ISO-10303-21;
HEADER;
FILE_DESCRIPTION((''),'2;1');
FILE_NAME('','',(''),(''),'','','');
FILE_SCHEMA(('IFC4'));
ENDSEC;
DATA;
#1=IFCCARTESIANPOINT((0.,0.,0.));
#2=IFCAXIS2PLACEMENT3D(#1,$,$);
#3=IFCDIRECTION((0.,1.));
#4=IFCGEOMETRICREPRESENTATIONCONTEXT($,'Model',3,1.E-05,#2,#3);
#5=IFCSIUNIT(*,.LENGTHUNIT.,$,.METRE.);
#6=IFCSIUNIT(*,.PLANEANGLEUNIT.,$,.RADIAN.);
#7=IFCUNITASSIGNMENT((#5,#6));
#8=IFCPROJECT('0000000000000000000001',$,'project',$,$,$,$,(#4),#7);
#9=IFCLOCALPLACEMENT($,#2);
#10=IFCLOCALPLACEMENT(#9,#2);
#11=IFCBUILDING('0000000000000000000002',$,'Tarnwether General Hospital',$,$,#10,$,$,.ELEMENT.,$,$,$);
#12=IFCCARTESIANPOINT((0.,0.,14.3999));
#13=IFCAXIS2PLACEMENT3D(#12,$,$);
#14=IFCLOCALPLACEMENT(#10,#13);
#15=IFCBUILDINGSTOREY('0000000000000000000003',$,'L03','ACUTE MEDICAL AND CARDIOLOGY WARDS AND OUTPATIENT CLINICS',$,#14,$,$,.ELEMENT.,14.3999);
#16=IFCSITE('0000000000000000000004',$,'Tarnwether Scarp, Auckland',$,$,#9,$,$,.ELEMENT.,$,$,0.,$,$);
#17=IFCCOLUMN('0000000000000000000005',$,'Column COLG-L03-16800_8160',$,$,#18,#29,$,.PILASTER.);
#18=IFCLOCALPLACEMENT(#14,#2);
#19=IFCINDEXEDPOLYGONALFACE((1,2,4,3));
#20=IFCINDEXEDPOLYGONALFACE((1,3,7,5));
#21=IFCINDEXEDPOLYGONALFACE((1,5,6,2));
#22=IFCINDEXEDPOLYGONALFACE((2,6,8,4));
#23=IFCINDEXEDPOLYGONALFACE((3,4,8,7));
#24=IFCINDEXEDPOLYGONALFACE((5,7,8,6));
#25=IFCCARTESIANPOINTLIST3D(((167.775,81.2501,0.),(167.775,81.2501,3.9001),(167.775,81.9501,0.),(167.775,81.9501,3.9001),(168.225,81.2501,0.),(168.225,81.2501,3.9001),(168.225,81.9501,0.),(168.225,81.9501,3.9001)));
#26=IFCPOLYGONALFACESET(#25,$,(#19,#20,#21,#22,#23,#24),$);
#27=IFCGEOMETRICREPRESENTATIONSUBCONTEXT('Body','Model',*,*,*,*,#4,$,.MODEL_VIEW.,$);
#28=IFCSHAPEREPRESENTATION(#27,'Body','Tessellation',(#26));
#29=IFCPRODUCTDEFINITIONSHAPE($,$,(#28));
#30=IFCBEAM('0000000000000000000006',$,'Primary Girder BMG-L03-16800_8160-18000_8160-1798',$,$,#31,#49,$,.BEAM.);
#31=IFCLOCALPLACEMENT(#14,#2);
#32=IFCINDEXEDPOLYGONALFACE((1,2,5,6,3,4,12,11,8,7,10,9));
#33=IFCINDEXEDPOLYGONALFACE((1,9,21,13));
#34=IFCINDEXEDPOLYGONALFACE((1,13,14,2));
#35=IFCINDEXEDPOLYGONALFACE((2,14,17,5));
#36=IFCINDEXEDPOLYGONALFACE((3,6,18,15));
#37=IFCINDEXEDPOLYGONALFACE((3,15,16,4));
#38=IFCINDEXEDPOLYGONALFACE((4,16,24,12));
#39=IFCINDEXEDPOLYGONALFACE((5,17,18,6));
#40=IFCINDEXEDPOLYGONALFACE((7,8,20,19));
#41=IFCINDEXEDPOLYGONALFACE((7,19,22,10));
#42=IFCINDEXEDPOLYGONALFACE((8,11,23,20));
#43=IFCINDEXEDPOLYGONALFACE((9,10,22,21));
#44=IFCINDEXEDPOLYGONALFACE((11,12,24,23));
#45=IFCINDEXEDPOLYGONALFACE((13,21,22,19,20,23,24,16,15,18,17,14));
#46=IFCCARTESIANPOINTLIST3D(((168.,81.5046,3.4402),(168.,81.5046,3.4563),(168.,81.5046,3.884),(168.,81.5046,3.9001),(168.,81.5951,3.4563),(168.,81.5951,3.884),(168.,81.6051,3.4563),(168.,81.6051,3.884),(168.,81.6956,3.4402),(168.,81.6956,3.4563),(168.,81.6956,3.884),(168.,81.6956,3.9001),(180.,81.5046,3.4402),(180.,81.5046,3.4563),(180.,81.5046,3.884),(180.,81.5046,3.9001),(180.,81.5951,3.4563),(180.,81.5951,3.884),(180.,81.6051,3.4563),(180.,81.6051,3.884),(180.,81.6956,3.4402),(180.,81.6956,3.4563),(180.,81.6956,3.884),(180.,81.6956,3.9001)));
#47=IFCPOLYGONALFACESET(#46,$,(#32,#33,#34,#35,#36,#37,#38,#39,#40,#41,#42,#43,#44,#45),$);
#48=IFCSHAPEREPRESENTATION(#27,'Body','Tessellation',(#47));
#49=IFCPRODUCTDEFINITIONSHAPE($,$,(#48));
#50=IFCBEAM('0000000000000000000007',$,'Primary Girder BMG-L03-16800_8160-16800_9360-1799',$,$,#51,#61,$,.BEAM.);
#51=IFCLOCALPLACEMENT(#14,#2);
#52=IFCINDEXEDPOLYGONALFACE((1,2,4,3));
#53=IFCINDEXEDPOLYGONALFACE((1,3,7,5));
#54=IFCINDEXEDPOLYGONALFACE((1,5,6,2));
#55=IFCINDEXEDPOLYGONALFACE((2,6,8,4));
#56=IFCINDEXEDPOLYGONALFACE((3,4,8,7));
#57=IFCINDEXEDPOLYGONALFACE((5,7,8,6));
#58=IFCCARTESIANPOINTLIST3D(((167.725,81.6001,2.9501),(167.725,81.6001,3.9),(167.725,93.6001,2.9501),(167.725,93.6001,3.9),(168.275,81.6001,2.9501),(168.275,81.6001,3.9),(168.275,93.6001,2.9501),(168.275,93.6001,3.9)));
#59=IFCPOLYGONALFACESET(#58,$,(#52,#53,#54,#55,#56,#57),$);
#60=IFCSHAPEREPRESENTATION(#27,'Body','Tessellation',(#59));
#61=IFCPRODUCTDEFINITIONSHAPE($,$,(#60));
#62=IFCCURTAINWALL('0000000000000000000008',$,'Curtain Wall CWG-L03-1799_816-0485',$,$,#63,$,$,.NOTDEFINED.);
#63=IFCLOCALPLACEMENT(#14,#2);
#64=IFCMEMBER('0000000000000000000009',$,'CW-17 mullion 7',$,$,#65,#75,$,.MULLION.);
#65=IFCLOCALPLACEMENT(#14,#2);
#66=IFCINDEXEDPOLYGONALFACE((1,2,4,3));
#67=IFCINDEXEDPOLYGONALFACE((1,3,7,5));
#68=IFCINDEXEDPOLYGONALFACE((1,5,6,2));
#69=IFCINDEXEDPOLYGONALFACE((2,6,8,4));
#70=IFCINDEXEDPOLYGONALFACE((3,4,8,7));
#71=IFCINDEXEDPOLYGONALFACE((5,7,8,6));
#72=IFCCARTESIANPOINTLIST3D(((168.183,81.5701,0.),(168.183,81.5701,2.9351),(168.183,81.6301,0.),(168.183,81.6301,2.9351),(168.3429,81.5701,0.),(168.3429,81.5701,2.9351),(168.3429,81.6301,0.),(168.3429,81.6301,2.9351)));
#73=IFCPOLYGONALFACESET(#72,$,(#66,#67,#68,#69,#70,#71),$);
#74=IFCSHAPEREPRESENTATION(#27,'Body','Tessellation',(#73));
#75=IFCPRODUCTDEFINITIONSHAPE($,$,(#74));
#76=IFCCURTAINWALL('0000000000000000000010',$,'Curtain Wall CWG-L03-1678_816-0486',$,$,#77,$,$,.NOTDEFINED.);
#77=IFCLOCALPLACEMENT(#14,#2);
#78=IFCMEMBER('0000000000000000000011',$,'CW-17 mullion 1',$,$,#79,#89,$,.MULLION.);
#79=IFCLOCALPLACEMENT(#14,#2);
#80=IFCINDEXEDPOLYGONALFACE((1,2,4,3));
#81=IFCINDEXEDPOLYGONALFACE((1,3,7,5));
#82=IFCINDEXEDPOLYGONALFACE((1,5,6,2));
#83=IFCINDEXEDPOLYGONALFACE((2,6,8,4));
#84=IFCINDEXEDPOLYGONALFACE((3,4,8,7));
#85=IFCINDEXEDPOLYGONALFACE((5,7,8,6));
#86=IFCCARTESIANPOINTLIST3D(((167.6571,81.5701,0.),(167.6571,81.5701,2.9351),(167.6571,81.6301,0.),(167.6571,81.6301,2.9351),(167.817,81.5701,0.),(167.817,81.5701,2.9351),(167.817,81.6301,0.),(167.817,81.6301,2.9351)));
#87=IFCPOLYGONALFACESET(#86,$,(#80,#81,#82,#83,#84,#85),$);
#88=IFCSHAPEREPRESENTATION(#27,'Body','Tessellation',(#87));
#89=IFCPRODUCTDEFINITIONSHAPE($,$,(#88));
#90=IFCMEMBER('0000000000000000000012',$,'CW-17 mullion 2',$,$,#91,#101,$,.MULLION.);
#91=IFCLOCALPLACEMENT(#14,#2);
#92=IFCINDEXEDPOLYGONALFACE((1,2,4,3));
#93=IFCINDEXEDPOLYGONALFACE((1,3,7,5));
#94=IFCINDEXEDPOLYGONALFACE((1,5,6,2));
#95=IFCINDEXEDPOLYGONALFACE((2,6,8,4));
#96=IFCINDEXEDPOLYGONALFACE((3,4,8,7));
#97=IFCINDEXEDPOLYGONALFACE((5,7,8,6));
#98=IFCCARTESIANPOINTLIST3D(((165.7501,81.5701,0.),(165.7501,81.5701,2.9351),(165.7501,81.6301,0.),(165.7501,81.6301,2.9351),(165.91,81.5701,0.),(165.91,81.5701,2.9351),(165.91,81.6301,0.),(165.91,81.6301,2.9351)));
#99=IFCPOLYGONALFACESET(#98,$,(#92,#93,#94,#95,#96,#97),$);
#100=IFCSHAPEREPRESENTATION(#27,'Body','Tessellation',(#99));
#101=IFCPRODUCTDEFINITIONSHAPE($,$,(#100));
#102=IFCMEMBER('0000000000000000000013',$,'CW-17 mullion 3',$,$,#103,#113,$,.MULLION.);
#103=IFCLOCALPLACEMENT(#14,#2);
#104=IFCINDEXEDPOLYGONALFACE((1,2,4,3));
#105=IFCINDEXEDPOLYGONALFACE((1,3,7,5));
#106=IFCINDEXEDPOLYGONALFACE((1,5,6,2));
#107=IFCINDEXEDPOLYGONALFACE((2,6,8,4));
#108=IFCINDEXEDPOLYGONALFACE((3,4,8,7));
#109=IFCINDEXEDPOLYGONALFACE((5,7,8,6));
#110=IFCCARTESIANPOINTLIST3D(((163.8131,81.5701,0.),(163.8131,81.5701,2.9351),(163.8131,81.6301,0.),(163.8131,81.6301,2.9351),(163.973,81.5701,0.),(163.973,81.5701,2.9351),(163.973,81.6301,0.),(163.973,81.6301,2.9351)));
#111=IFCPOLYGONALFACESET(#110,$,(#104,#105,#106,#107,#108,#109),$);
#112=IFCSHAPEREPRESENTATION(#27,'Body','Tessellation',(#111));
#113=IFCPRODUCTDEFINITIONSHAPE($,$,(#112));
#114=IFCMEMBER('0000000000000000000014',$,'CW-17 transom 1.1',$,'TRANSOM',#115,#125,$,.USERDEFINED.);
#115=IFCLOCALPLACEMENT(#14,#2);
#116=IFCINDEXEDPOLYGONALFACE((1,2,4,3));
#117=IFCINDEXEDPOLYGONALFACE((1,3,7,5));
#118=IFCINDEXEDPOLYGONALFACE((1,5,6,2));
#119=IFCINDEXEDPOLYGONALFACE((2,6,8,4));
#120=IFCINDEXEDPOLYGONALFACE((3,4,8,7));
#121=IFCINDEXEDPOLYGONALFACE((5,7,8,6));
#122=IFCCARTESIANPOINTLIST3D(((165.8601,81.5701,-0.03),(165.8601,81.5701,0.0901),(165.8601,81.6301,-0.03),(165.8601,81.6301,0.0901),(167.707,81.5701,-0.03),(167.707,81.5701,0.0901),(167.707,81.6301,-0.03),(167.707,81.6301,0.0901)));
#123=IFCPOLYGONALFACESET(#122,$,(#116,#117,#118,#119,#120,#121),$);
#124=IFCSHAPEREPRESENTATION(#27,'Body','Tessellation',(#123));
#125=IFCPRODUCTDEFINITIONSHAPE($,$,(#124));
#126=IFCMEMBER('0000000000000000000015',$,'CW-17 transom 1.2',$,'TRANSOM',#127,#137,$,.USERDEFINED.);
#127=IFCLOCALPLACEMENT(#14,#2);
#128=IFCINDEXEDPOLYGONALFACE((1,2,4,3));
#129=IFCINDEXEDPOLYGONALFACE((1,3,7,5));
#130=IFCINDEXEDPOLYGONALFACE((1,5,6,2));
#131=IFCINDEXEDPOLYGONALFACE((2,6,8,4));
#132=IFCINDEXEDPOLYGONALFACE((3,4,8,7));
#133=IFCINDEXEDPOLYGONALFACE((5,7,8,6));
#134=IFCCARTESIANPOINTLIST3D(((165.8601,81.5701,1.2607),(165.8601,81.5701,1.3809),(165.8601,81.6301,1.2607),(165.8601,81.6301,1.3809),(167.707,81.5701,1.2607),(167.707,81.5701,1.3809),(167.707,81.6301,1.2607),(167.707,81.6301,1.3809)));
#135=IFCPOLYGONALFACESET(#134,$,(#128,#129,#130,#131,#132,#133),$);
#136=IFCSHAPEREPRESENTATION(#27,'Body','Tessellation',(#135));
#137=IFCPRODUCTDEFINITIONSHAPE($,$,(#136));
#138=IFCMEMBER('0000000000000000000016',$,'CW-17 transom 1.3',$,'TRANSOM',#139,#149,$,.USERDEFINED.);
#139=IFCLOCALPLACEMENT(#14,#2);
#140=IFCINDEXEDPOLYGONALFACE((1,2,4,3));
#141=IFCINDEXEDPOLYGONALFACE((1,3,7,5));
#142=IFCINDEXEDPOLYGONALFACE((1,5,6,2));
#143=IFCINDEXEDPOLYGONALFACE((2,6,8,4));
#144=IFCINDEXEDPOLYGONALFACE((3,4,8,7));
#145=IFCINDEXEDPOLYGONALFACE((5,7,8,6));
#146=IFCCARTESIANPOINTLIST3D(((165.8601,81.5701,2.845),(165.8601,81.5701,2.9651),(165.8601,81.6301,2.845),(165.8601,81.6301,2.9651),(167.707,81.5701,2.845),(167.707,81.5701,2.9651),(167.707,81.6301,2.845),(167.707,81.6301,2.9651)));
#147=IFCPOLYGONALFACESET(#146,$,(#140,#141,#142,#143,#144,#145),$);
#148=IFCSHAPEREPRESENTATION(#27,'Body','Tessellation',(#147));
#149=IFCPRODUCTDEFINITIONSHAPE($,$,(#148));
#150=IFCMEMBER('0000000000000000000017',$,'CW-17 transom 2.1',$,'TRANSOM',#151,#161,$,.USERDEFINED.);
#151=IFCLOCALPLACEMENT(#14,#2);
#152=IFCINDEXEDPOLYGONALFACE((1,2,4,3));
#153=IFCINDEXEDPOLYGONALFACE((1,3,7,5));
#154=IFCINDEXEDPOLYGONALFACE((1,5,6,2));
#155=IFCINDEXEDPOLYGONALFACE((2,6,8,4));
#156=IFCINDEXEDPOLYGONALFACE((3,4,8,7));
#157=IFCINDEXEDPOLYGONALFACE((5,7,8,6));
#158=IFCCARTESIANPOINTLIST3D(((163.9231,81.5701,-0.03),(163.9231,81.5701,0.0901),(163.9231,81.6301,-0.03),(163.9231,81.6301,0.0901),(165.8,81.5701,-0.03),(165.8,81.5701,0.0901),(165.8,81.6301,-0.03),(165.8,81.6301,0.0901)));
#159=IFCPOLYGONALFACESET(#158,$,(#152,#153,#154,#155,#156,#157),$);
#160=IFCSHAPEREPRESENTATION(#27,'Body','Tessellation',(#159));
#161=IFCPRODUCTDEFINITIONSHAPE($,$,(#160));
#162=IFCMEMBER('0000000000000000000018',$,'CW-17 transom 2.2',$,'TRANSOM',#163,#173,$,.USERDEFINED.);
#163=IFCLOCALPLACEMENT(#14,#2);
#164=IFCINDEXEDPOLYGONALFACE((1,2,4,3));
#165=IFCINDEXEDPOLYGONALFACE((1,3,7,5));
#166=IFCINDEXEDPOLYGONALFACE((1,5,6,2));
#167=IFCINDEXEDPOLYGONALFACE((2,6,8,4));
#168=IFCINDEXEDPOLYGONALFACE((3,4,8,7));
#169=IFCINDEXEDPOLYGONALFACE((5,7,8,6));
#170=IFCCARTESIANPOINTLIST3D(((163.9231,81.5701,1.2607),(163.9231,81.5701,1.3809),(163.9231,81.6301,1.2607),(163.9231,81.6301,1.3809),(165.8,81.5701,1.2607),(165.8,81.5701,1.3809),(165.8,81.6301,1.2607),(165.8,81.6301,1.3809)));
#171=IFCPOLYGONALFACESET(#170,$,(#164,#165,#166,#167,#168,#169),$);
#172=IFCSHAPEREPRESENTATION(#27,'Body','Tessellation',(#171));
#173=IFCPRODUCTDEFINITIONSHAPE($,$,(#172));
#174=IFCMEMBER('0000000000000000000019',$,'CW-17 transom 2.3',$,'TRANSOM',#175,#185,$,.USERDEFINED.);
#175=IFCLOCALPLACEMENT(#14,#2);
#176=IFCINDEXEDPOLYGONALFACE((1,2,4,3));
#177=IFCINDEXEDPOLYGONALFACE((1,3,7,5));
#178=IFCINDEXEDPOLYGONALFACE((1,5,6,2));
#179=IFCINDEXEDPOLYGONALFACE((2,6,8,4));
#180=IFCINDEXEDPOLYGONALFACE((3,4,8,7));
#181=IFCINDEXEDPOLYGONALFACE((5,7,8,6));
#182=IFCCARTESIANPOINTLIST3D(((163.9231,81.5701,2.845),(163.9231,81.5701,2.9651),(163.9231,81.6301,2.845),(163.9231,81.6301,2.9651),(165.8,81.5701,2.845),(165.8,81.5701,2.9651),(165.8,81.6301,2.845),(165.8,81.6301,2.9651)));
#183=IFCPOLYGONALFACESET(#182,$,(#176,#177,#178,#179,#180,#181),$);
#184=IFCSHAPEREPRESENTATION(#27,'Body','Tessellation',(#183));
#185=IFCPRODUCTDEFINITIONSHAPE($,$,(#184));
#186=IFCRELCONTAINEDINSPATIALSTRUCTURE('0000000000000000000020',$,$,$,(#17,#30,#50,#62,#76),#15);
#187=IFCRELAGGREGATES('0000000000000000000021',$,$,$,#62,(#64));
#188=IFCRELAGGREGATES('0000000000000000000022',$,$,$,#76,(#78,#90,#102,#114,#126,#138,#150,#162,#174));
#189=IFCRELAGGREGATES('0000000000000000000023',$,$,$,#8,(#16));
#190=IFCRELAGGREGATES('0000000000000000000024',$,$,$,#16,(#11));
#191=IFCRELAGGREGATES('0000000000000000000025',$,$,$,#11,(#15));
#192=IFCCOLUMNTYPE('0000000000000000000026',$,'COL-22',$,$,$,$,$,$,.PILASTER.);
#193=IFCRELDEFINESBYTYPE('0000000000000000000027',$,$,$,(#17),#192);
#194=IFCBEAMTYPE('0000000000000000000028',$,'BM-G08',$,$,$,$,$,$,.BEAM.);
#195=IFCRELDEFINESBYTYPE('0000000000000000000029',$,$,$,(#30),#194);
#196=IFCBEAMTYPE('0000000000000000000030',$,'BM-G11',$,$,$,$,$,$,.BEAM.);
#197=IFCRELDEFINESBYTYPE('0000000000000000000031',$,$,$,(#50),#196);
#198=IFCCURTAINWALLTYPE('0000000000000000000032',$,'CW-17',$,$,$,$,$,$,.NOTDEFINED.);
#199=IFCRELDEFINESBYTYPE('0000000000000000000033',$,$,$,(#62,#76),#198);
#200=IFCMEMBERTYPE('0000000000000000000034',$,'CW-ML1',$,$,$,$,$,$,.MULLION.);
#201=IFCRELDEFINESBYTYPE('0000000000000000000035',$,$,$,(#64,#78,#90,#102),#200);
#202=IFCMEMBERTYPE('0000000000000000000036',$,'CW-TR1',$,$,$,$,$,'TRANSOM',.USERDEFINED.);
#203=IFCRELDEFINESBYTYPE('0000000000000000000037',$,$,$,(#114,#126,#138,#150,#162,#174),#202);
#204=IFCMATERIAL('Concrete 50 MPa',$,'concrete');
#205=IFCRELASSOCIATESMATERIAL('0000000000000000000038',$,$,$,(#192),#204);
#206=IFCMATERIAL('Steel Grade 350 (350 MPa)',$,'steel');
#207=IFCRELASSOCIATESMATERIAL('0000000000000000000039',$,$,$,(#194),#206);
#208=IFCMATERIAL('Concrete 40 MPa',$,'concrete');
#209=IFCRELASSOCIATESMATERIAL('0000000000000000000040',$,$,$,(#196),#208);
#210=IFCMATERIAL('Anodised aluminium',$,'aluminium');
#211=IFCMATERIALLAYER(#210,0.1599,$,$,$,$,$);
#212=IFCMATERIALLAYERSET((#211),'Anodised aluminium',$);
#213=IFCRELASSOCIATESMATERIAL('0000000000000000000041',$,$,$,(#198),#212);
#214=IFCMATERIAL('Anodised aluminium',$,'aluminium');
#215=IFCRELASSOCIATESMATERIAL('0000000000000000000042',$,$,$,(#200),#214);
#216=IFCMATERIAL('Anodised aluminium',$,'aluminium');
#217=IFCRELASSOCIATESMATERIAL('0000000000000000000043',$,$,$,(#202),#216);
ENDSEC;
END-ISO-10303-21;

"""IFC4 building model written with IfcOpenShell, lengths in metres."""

from ifc_helpers import new_model, si_unit, direction, frame, origin, origin_2d, place, context, subcontext, project, spatial, rectangle, i_section, extrude, material, layer, layer_set, material_profile, profile_set, type_object, element, aggregate, save


model = new_model("IFC4")

# Units and contexts
model_context = context("Model", 3, precision=1e-05, world=origin(), true_north=direction((0.0, 1.0)))
body_context = subcontext(model_context, "Body", "Model", "MODEL_VIEW")
ifc_project = project(units=[si_unit("LENGTHUNIT", "METRE"), si_unit("PLANEANGLEUNIT", "RADIAN")], contexts=[model_context])

# Site, building, storey
site_placement = place(None, origin())
site = spatial("IfcSite", under=ifc_project, at=site_placement, Name="Tarnwether Scarp, Auckland", CompositionType="ELEMENT", RefElevation=0.0)
building_placement = place(site_placement, origin())
building = spatial("IfcBuilding", under=site, at=building_placement, Name="Tarnwether General Hospital", CompositionType="ELEMENT")
storey_placement = place(building_placement, frame((0.0, 0.0, 14.3999)))
storey = spatial("IfcBuildingStorey", under=building, at=storey_placement, Name="L03", Description="ACUTE MEDICAL AND CARDIOLOGY WARDS AND OUTPATIENT CLINICS", CompositionType="ELEMENT", Elevation=14.3999)

# Column
ifc_material_1 = material(Name="Concrete 50 MPa", Category="concrete")
ifc_material_profile_1 = material_profile(ifc_material_1, rectangle(XDim=0.45, YDim=0.7, at=origin_2d()), Name="RC-PIL-450x700")
ifc_profile_set_1 = profile_set([ifc_material_profile_1], Name="Concrete 50 MPa")
column_type = type_object("IfcColumnType", Name="COL-22", PredefinedType="PILASTER", material=ifc_profile_set_1)
column_placement = place(storey_placement, frame((168.0, 81.6001, 0.0), z_axis=(0.0, 0.0, 1.0), x_axis=(1.0, 0.0, 0.0)))
element("IfcColumn", 1, at=column_placement, inside=storey, type_object=column_type, Name="Column COLG-L03-16800_8160", PredefinedType="PILASTER", context=body_context, shape_type="SweptSolid", body=[
    extrude(rectangle(XDim=0.45, YDim=0.7, at=origin_2d()), origin(), (0.0, 0.0, 1.0), 3.9001),
])

# Beams
ifc_material_2 = material(Name="Steel Grade 350 (350 MPa)", Category="steel")
ifc_material_profile_2 = material_profile(ifc_material_2, i_section(OverallWidth=0.1909, OverallDepth=0.46, WebThickness=0.01, FlangeThickness=0.0161, at=origin_2d()), Name="460UB82.1")
ifc_profile_set_2 = profile_set([ifc_material_profile_2], Name="Steel Grade 350 (350 MPa)")
beam_type_1 = type_object("IfcBeamType", Name="BM-G08", PredefinedType="BEAM", material=ifc_profile_set_2)
beam_1_placement = place(storey_placement, frame((168.0, 81.6001, 3.6702), z_axis=(1.0, 0.0, 0.0), x_axis=(0.0, 1.0, 0.0)))
element("IfcBeam", 2, at=beam_1_placement, inside=storey, type_object=beam_type_1, Name="Primary Girder BMG-L03-16800_8160-18000_8160-1798", PredefinedType="BEAM", context=body_context, shape_type="SweptSolid", body=[
    extrude(i_section(OverallWidth=0.1909, OverallDepth=0.46, WebThickness=0.01, FlangeThickness=0.0161, at=origin_2d()), origin(), (0.0, 0.0, 1.0), 12.0),
])
ifc_material_3 = material(Name="Concrete 40 MPa", Category="concrete")
ifc_material_profile_3 = material_profile(ifc_material_3, rectangle(XDim=0.55, YDim=0.95, at=origin_2d()), Name="RC-BM-550x950")
ifc_profile_set_3 = profile_set([ifc_material_profile_3], Name="Concrete 40 MPa")
beam_type_2 = type_object("IfcBeamType", Name="BM-G11", PredefinedType="BEAM", material=ifc_profile_set_3)
beam_2_placement = place(storey_placement, frame((168.0, 81.6001, 3.425), z_axis=(0.0, 1.0, 0.0), x_axis=(-1.0, 0.0, 0.0)))
element("IfcBeam", 3, at=beam_2_placement, inside=storey, type_object=beam_type_2, Name="Primary Girder BMG-L03-16800_8160-16800_9360-1799", PredefinedType="BEAM", context=body_context, shape_type="SweptSolid", body=[
    extrude(rectangle(XDim=0.55, YDim=0.95, at=origin_2d()), origin(), (0.0, 0.0, 1.0), 12.0),
])

# Curtain wall, member
ifc_material_4 = material(Name="Anodised aluminium", Category="aluminium")
ifc_layer_1 = layer(ifc_material_4, 0.1599)
ifc_layer_set_1 = layer_set([ifc_layer_1], Name="Anodised aluminium")
curtain_wall_type = type_object("IfcCurtainWallType", Name="CW-17", PredefinedType="NOTDEFINED", material=ifc_layer_set_1)
curtain_wall_1_placement = place(storey_placement, origin())
curtain_wall_1 = element("IfcCurtainWall", 4, at=curtain_wall_1_placement, inside=storey, type_object=curtain_wall_type, Name="Curtain Wall CWG-L03-1799_816-0485", PredefinedType="NOTDEFINED")
ifc_material_5 = material(Name="Anodised aluminium", Category="aluminium")
ifc_material_profile_4 = material_profile(ifc_material_5, rectangle(XDim=0.0601, YDim=0.1599, at=origin_2d()), Name="ALU-MUL-60x160")
ifc_profile_set_4 = profile_set([ifc_material_profile_4], Name="Anodised aluminium")
member_type_1 = type_object("IfcMemberType", Name="CW-ML1", PredefinedType="MULLION", material=ifc_profile_set_4)
member_1_placement = place(storey_placement, frame((168.2629, 81.6001, 0.0), z_axis=(0.0, 0.0, 1.0), x_axis=(0.0, -1.0, 0.0)))
member_1 = element("IfcMember", 5, at=member_1_placement, type_object=member_type_1, Name="CW-17 mullion 7", PredefinedType="MULLION", context=body_context, shape_type="SweptSolid", body=[
    extrude(rectangle(XDim=0.0601, YDim=0.1599, at=origin_2d()), origin(), (0.0, 0.0, 1.0), 2.9351),
])
aggregate(curtain_wall_1, [member_1])

# Curtain wall, members
curtain_wall_2_placement = place(storey_placement, origin())
curtain_wall_2 = element("IfcCurtainWall", 6, at=curtain_wall_2_placement, inside=storey, type_object=curtain_wall_type, Name="Curtain Wall CWG-L03-1678_816-0486", PredefinedType="NOTDEFINED")
member_2_placement = place(storey_placement, frame((167.7371, 81.6001, 0.0), z_axis=(0.0, 0.0, 1.0), x_axis=(0.0, -1.0, 0.0)))
member_2 = element("IfcMember", 7, at=member_2_placement, type_object=member_type_1, Name="CW-17 mullion 1", PredefinedType="MULLION", context=body_context, shape_type="SweptSolid", body=[
    extrude(rectangle(XDim=0.0601, YDim=0.1599, at=origin_2d()), origin(), (0.0, 0.0, 1.0), 2.9351),
])
member_3_placement = place(storey_placement, frame((165.8301, 81.6001, 0.0), z_axis=(0.0, 0.0, 1.0), x_axis=(0.0, -1.0, 0.0)))
member_3 = element("IfcMember", 8, at=member_3_placement, type_object=member_type_1, Name="CW-17 mullion 2", PredefinedType="MULLION", context=body_context, shape_type="SweptSolid", body=[
    extrude(rectangle(XDim=0.0601, YDim=0.1599, at=origin_2d()), origin(), (0.0, 0.0, 1.0), 2.9351),
])
member_4_placement = place(storey_placement, frame((163.8931, 81.6001, 0.0), z_axis=(0.0, 0.0, 1.0), x_axis=(0.0, -1.0, 0.0)))
member_4 = element("IfcMember", 9, at=member_4_placement, type_object=member_type_1, Name="CW-17 mullion 3", PredefinedType="MULLION", context=body_context, shape_type="SweptSolid", body=[
    extrude(rectangle(XDim=0.0601, YDim=0.1599, at=origin_2d()), origin(), (0.0, 0.0, 1.0), 2.9351),
])
ifc_material_6 = material(Name="Anodised aluminium", Category="aluminium")
ifc_material_profile_5 = material_profile(ifc_material_6, rectangle(XDim=0.0601, YDim=0.1201, at=origin_2d()), Name="ALU-TRN-60x120")
ifc_profile_set_5 = profile_set([ifc_material_profile_5], Name="Anodised aluminium")
member_type_2 = type_object("IfcMemberType", Name="CW-TR1", ElementType="TRANSOM", PredefinedType="USERDEFINED", material=ifc_profile_set_5)
member_5_placement = place(storey_placement, frame((167.707, 81.6001, 0.03), z_axis=(-1.0, 0.0, 0.0), x_axis=(0.0, -1.0, 0.0)))
member_5 = element("IfcMember", 10, at=member_5_placement, type_object=member_type_2, Name="CW-17 transom 1.1", ObjectType="TRANSOM", PredefinedType="USERDEFINED", context=body_context, shape_type="SweptSolid", body=[
    extrude(rectangle(XDim=0.0601, YDim=0.1201, at=origin_2d()), origin(), (0.0, 0.0, 1.0), 1.8469),
])
member_6_placement = place(storey_placement, frame((167.707, 81.6001, 1.3208), z_axis=(-1.0, 0.0, 0.0), x_axis=(0.0, -1.0, 0.0)))
member_6 = element("IfcMember", 11, at=member_6_placement, type_object=member_type_2, Name="CW-17 transom 1.2", ObjectType="TRANSOM", PredefinedType="USERDEFINED", context=body_context, shape_type="SweptSolid", body=[
    extrude(rectangle(XDim=0.0601, YDim=0.1201, at=origin_2d()), origin(), (0.0, 0.0, 1.0), 1.8469),
])
member_7_placement = place(storey_placement, frame((167.707, 81.6001, 2.905), z_axis=(-1.0, 0.0, 0.0), x_axis=(0.0, -1.0, 0.0)))
member_7 = element("IfcMember", 12, at=member_7_placement, type_object=member_type_2, Name="CW-17 transom 1.3", ObjectType="TRANSOM", PredefinedType="USERDEFINED", context=body_context, shape_type="SweptSolid", body=[
    extrude(rectangle(XDim=0.0601, YDim=0.1201, at=origin_2d()), origin(), (0.0, 0.0, 1.0), 1.8469),
])
member_8_placement = place(storey_placement, frame((165.8, 81.6001, 0.03), z_axis=(-1.0, 0.0, 0.0), x_axis=(0.0, -1.0, 0.0)))
member_8 = element("IfcMember", 13, at=member_8_placement, type_object=member_type_2, Name="CW-17 transom 2.1", ObjectType="TRANSOM", PredefinedType="USERDEFINED", context=body_context, shape_type="SweptSolid", body=[
    extrude(rectangle(XDim=0.0601, YDim=0.1201, at=origin_2d()), origin(), (0.0, 0.0, 1.0), 1.877),
])
member_9_placement = place(storey_placement, frame((165.8, 81.6001, 1.3208), z_axis=(-1.0, 0.0, 0.0), x_axis=(0.0, -1.0, 0.0)))
member_9 = element("IfcMember", 14, at=member_9_placement, type_object=member_type_2, Name="CW-17 transom 2.2", ObjectType="TRANSOM", PredefinedType="USERDEFINED", context=body_context, shape_type="SweptSolid", body=[
    extrude(rectangle(XDim=0.0601, YDim=0.1201, at=origin_2d()), origin(), (0.0, 0.0, 1.0), 1.877),
])
member_10_placement = place(storey_placement, frame((165.8, 81.6001, 2.905), z_axis=(-1.0, 0.0, 0.0), x_axis=(0.0, -1.0, 0.0)))
member_10 = element("IfcMember", 15, at=member_10_placement, type_object=member_type_2, Name="CW-17 transom 2.3", ObjectType="TRANSOM", PredefinedType="USERDEFINED", context=body_context, shape_type="SweptSolid", body=[
    extrude(rectangle(XDim=0.0601, YDim=0.1201, at=origin_2d()), origin(), (0.0, 0.0, 1.0), 1.877),
])
aggregate(curtain_wall_2, [member_2, member_3, member_4, member_5, member_6, member_7, member_8, member_9, member_10])

save(model, "model.ifc")
